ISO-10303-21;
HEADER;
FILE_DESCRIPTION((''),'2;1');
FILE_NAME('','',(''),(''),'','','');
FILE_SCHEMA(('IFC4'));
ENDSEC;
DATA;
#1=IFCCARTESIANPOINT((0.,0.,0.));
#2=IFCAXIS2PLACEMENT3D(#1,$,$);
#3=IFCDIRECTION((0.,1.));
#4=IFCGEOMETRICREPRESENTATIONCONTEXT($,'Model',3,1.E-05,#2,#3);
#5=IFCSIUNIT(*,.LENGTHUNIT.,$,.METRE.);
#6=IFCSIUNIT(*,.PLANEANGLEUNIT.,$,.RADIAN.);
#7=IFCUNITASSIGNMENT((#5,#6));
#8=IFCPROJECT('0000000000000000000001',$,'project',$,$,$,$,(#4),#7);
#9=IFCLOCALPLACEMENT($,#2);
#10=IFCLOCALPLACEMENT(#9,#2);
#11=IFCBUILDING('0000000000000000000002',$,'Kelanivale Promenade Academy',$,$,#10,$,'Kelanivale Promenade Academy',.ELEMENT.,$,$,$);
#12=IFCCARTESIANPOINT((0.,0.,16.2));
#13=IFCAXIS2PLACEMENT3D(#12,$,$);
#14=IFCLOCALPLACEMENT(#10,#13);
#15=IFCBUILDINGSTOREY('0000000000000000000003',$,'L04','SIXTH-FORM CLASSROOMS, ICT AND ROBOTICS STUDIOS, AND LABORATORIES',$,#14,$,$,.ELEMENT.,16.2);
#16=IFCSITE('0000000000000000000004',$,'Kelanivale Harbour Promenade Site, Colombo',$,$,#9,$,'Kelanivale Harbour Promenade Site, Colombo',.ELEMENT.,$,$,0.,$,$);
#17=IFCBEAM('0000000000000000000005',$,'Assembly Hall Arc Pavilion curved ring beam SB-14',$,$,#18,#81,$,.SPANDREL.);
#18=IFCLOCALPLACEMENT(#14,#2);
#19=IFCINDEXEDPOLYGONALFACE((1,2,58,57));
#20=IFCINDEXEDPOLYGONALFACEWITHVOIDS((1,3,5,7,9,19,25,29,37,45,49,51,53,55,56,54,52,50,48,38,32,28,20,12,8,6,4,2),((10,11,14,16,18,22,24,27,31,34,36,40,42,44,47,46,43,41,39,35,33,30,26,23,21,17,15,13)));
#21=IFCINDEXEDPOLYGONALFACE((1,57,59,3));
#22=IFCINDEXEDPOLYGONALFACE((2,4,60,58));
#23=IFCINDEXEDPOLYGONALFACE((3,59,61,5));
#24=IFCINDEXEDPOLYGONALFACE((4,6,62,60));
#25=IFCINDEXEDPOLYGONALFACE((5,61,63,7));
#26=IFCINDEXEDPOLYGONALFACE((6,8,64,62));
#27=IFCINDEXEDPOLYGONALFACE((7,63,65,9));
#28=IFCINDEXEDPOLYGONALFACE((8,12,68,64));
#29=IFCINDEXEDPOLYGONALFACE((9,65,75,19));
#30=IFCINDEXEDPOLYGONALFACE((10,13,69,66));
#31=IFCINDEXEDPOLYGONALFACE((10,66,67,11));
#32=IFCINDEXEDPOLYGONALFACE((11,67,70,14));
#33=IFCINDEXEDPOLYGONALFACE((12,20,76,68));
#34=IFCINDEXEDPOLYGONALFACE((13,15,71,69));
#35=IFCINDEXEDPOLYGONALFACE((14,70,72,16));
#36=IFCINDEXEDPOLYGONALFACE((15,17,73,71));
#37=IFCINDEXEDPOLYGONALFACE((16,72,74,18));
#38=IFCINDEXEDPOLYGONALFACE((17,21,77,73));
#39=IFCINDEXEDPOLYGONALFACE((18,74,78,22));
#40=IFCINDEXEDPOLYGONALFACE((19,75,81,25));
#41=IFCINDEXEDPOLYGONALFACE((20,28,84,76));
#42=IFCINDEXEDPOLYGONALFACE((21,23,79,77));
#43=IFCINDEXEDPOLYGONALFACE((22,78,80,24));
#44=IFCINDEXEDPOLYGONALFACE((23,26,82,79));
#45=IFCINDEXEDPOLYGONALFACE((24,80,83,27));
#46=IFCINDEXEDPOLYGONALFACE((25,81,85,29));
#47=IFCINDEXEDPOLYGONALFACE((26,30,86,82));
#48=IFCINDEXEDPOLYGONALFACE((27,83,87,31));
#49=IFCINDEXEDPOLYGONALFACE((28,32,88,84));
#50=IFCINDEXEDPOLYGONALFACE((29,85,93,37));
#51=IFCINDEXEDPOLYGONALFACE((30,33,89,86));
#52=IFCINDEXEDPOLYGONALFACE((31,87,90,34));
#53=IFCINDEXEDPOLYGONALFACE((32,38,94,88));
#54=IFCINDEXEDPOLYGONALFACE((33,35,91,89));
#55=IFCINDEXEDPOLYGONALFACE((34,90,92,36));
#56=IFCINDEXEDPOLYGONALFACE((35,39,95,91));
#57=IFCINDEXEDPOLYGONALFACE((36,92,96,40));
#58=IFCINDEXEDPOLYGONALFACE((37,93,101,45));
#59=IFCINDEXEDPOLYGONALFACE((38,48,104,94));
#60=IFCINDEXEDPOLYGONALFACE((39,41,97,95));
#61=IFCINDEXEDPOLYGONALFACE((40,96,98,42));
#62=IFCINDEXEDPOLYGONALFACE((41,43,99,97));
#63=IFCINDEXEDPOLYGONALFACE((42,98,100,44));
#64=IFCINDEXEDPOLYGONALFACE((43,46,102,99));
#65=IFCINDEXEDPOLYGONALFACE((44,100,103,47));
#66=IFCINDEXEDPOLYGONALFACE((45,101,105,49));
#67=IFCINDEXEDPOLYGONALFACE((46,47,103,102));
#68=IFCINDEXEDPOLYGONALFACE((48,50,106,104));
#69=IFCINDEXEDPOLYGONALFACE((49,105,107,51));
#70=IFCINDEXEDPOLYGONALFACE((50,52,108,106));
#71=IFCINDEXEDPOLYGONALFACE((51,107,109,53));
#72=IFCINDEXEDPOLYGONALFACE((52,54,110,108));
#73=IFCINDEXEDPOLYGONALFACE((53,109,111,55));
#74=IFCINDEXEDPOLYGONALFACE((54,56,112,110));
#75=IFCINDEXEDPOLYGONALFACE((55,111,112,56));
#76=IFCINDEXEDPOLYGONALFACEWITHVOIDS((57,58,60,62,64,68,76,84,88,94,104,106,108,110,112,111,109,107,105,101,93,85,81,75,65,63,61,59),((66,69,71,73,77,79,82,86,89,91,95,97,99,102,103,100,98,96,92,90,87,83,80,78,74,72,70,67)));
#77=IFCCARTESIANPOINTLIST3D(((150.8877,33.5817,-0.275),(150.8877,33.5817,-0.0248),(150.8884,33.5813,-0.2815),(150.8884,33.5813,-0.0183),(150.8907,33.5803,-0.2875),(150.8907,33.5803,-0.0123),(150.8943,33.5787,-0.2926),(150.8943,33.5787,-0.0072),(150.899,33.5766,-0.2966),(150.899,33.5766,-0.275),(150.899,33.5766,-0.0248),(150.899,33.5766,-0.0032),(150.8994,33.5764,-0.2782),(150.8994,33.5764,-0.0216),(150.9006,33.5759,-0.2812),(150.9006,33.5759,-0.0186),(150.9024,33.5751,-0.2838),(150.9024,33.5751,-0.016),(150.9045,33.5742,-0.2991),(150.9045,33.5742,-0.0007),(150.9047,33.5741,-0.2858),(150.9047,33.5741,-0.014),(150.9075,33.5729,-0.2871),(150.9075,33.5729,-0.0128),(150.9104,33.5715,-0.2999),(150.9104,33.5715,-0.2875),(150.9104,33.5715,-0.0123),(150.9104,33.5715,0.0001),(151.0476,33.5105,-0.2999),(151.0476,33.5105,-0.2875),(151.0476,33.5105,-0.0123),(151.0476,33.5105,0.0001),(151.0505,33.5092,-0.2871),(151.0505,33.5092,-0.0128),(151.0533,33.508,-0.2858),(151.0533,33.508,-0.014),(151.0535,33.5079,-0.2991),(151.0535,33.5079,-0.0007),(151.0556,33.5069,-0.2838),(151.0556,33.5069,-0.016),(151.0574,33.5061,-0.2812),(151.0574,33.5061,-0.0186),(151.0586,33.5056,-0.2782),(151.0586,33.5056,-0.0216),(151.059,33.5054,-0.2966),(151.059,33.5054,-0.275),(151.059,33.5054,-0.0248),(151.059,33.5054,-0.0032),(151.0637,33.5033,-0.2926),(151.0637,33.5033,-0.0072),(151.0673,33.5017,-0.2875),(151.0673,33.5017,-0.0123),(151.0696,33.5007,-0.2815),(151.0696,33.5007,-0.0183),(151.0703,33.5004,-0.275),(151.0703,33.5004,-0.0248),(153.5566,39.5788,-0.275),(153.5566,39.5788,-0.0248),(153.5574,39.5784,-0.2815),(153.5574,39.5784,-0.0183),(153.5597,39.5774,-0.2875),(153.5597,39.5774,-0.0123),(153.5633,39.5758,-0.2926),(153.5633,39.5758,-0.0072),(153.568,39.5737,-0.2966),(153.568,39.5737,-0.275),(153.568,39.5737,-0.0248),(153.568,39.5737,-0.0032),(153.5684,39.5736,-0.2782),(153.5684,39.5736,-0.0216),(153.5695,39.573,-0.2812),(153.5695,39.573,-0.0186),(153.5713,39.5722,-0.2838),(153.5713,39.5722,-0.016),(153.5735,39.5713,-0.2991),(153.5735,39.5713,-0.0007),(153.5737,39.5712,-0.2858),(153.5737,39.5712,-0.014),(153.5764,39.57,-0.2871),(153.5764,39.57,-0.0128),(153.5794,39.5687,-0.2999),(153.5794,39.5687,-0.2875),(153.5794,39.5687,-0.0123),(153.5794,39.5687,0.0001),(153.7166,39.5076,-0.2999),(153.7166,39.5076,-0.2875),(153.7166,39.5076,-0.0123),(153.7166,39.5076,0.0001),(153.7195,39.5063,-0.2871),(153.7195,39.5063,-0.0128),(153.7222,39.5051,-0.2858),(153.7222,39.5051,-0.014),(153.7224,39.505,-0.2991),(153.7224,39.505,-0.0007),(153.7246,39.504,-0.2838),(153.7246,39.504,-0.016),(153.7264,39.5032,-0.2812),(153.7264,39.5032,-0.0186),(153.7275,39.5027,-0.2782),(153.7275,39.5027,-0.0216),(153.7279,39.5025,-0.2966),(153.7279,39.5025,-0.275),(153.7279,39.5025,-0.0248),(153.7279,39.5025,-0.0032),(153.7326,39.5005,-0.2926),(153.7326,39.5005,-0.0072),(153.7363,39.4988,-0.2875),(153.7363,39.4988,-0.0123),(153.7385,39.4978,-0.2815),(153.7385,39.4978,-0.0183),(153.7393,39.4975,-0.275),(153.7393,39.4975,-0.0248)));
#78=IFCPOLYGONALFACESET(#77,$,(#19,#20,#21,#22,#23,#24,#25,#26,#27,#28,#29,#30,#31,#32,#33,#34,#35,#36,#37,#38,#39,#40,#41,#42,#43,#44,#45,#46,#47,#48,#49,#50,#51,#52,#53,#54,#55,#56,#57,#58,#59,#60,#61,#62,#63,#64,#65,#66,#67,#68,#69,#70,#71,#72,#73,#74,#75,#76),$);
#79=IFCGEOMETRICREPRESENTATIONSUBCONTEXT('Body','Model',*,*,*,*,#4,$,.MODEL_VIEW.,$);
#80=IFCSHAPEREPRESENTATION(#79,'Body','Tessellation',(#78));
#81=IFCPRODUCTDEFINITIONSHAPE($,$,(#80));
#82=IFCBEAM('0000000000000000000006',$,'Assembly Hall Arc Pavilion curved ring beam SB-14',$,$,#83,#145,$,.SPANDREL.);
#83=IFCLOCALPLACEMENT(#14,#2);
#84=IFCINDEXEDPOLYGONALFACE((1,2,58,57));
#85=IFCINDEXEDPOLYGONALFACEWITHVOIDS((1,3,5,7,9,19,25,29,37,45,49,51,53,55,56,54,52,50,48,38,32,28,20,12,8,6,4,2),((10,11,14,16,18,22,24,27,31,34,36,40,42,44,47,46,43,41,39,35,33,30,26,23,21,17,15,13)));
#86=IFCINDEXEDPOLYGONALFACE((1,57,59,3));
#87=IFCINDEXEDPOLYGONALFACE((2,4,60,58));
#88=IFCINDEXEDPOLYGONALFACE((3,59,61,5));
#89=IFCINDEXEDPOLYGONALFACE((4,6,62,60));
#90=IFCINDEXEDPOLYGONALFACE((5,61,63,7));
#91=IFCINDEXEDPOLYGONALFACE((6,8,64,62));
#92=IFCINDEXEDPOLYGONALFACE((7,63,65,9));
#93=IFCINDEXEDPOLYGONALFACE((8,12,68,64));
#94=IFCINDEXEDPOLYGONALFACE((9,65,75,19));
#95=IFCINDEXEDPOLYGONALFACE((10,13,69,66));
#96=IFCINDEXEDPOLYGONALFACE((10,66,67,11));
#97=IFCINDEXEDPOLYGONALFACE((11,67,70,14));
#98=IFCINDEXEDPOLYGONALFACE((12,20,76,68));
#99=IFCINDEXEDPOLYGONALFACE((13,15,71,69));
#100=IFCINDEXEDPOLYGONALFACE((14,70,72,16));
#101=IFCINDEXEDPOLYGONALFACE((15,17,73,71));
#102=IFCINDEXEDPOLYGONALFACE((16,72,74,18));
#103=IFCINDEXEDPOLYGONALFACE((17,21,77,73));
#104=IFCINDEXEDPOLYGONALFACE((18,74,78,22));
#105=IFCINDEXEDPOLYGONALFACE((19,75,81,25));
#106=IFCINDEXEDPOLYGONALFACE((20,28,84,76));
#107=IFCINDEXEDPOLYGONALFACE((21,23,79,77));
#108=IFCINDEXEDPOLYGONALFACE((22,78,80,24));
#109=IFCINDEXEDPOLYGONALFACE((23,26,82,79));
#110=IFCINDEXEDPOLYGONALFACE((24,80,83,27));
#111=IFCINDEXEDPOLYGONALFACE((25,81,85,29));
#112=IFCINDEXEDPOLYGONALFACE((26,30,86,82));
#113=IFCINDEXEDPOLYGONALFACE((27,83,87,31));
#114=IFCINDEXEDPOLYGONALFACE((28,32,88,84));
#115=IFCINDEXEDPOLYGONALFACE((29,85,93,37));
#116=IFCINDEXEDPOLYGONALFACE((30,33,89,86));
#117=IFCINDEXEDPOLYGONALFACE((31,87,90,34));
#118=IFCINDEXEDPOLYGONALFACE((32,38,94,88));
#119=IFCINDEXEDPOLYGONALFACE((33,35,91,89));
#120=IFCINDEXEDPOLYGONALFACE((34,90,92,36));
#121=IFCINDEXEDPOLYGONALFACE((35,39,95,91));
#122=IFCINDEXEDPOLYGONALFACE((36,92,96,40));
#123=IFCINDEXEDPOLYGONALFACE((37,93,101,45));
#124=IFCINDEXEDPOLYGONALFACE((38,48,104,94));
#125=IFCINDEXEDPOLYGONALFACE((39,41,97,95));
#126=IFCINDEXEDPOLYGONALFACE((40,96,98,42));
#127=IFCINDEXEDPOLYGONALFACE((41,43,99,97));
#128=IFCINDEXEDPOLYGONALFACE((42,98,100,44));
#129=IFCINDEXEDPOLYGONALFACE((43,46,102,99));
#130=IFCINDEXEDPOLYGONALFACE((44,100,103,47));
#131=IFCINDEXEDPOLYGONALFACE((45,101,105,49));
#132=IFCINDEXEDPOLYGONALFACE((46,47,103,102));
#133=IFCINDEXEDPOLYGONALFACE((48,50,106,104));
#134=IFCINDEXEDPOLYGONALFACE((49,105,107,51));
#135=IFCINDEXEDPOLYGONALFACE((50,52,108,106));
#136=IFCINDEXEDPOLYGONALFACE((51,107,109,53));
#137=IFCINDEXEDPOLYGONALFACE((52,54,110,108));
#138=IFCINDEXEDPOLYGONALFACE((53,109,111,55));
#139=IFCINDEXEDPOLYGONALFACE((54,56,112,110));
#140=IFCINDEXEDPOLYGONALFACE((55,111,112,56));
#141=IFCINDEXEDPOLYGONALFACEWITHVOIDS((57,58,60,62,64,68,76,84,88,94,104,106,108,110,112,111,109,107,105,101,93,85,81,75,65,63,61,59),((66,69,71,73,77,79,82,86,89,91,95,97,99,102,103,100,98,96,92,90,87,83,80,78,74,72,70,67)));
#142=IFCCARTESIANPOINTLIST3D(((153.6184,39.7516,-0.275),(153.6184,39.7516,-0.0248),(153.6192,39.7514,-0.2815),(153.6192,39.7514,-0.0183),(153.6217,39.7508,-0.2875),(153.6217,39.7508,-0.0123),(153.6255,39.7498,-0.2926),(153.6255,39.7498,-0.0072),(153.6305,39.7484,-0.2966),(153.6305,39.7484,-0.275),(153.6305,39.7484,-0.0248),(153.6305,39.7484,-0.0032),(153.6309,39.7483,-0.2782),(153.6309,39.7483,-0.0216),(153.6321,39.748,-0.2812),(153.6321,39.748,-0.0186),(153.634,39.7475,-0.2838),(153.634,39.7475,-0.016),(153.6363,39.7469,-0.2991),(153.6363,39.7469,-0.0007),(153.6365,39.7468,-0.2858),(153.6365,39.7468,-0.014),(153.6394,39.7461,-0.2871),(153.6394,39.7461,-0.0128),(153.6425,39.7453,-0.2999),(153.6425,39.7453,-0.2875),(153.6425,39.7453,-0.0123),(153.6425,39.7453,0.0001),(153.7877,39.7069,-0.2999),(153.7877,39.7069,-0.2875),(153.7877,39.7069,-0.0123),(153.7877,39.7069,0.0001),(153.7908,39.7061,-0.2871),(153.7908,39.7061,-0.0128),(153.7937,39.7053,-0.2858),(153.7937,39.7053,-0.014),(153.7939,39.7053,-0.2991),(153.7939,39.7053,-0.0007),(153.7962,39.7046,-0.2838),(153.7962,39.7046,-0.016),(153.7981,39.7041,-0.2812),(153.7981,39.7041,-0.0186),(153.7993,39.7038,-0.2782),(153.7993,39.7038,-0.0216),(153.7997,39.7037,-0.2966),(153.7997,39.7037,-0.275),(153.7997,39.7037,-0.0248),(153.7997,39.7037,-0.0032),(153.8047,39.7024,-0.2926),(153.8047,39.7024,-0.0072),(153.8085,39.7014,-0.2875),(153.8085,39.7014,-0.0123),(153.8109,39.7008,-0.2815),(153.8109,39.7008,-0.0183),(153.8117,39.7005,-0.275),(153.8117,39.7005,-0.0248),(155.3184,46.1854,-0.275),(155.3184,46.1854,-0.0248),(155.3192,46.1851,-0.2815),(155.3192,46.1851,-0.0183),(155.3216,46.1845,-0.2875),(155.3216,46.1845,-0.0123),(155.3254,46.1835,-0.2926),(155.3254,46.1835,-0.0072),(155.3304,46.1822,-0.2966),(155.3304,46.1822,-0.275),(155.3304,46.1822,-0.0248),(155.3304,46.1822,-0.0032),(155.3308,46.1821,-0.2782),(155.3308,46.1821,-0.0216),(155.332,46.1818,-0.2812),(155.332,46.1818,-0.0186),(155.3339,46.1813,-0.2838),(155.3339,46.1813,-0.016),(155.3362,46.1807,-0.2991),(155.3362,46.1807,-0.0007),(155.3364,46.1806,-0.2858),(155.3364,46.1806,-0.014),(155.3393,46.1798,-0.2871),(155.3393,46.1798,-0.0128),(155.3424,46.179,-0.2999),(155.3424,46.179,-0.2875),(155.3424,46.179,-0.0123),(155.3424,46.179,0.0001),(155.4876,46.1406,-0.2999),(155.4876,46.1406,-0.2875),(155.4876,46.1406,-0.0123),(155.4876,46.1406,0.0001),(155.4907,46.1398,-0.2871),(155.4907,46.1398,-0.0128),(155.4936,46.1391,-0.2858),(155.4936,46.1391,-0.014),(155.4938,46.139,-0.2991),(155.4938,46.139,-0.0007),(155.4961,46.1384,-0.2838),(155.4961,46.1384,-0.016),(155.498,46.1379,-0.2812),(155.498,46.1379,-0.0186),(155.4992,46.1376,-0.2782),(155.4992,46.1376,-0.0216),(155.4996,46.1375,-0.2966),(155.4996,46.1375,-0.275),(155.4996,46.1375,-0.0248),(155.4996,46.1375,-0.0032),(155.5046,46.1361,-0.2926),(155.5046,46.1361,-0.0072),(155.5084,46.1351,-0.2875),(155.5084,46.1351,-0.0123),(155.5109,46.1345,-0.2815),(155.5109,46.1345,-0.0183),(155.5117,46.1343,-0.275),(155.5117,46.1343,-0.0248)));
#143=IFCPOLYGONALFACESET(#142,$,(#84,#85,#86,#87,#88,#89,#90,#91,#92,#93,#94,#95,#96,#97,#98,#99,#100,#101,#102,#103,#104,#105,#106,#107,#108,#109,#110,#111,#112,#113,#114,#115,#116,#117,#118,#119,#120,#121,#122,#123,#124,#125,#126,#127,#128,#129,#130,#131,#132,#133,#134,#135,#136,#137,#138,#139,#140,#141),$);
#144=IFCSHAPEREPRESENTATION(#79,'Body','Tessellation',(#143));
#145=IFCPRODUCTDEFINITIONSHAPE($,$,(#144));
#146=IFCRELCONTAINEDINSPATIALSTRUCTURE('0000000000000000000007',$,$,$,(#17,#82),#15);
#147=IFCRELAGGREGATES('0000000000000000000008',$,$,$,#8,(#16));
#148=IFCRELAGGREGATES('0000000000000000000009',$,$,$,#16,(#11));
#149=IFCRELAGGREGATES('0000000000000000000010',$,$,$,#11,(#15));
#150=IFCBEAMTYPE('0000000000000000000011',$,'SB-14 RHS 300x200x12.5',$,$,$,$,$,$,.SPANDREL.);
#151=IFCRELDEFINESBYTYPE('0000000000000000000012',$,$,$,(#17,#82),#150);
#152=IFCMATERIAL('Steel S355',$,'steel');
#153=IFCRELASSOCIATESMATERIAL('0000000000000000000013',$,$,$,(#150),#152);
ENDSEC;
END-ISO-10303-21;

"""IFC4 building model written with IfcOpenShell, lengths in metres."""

from ifc_helpers import new_model, si_unit, direction, frame, origin, origin_2d, place, context, subcontext, project, spatial, hollow_rectangle, extrude, material, material_profile, profile_set, type_object, element, save


model = new_model("IFC4")

# Units and contexts
model_context = context("Model", 3, precision=1e-05, world=origin(), true_north=direction((0.0, 1.0)))
body_context = subcontext(model_context, "Body", "Model", "MODEL_VIEW")
ifc_project = project(units=[si_unit("LENGTHUNIT", "METRE"), si_unit("PLANEANGLEUNIT", "RADIAN")], contexts=[model_context])

# Site, building, storey
site_placement = place(None, origin())
site = spatial("IfcSite", under=ifc_project, at=site_placement, Name="Kelanivale Harbour Promenade Site, Colombo", LongName="Kelanivale Harbour Promenade Site, Colombo", CompositionType="ELEMENT", RefElevation=0.0)
building_placement = place(site_placement, origin())
building = spatial("IfcBuilding", under=site, at=building_placement, Name="Kelanivale Promenade Academy", LongName="Kelanivale Promenade Academy", CompositionType="ELEMENT")
storey_placement = place(building_placement, frame((0.0, 0.0, 16.2)))
storey = spatial("IfcBuildingStorey", under=building, at=storey_placement, Name="L04", Description="SIXTH-FORM CLASSROOMS, ICT AND ROBOTICS STUDIOS, AND LABORATORIES", CompositionType="ELEMENT", Elevation=16.2)

# Shared definitions
ifc_material_1 = material(Name="Steel S355", Category="steel")

# Beams
ifc_material_profile_1 = material_profile(ifc_material_1, hollow_rectangle(XDim=0.2, YDim=0.3, WallThickness=0.0125, InnerFilletRadius=0.0125, OuterFilletRadius=0.0249, at=origin_2d()), Name="RHS 300x200x12.5")
ifc_profile_set_1 = profile_set([ifc_material_profile_1], Name="Steel S355")
beam_type = type_object("IfcBeamType", Name="SB-14 RHS 300x200x12.5", PredefinedType="SPANDREL", material=ifc_profile_set_1)
beam_1_placement = place(storey_placement, frame((150.979, 33.541, -0.1499), z_axis=(0.406594, 0.913609, 0.0), x_axis=(-0.913609, 0.406594, 0.0)))
element("IfcBeam", 1, at=beam_1_placement, inside=storey, type_object=beam_type, Name="Assembly Hall Arc Pavilion curved ring beam SB-14", PredefinedType="SPANDREL", context=body_context, shape_type="SweptSolid", body=[
    extrude(hollow_rectangle(XDim=0.2, YDim=0.3, WallThickness=0.0125, InnerFilletRadius=0.0125, OuterFilletRadius=0.0249, at=origin_2d()), origin(), (0.0, 0.0, 1.0), 6.5642),
])
beam_2_placement = place(storey_placement, frame((153.7151, 39.7261, -0.1499), z_axis=(0.255454, 0.966821, 0.0), x_axis=(-0.966821, 0.255454, 0.0)))
element("IfcBeam", 2, at=beam_2_placement, inside=storey, type_object=beam_type, Name="Assembly Hall Arc Pavilion curved ring beam SB-14", PredefinedType="SPANDREL", context=body_context, shape_type="SweptSolid", body=[
    extrude(hollow_rectangle(XDim=0.2, YDim=0.3, WallThickness=0.0125, InnerFilletRadius=0.0125, OuterFilletRadius=0.0249, at=origin_2d()), origin(), (0.0, 0.0, 1.0), 6.6545),
])

save(model, "model.ifc")
